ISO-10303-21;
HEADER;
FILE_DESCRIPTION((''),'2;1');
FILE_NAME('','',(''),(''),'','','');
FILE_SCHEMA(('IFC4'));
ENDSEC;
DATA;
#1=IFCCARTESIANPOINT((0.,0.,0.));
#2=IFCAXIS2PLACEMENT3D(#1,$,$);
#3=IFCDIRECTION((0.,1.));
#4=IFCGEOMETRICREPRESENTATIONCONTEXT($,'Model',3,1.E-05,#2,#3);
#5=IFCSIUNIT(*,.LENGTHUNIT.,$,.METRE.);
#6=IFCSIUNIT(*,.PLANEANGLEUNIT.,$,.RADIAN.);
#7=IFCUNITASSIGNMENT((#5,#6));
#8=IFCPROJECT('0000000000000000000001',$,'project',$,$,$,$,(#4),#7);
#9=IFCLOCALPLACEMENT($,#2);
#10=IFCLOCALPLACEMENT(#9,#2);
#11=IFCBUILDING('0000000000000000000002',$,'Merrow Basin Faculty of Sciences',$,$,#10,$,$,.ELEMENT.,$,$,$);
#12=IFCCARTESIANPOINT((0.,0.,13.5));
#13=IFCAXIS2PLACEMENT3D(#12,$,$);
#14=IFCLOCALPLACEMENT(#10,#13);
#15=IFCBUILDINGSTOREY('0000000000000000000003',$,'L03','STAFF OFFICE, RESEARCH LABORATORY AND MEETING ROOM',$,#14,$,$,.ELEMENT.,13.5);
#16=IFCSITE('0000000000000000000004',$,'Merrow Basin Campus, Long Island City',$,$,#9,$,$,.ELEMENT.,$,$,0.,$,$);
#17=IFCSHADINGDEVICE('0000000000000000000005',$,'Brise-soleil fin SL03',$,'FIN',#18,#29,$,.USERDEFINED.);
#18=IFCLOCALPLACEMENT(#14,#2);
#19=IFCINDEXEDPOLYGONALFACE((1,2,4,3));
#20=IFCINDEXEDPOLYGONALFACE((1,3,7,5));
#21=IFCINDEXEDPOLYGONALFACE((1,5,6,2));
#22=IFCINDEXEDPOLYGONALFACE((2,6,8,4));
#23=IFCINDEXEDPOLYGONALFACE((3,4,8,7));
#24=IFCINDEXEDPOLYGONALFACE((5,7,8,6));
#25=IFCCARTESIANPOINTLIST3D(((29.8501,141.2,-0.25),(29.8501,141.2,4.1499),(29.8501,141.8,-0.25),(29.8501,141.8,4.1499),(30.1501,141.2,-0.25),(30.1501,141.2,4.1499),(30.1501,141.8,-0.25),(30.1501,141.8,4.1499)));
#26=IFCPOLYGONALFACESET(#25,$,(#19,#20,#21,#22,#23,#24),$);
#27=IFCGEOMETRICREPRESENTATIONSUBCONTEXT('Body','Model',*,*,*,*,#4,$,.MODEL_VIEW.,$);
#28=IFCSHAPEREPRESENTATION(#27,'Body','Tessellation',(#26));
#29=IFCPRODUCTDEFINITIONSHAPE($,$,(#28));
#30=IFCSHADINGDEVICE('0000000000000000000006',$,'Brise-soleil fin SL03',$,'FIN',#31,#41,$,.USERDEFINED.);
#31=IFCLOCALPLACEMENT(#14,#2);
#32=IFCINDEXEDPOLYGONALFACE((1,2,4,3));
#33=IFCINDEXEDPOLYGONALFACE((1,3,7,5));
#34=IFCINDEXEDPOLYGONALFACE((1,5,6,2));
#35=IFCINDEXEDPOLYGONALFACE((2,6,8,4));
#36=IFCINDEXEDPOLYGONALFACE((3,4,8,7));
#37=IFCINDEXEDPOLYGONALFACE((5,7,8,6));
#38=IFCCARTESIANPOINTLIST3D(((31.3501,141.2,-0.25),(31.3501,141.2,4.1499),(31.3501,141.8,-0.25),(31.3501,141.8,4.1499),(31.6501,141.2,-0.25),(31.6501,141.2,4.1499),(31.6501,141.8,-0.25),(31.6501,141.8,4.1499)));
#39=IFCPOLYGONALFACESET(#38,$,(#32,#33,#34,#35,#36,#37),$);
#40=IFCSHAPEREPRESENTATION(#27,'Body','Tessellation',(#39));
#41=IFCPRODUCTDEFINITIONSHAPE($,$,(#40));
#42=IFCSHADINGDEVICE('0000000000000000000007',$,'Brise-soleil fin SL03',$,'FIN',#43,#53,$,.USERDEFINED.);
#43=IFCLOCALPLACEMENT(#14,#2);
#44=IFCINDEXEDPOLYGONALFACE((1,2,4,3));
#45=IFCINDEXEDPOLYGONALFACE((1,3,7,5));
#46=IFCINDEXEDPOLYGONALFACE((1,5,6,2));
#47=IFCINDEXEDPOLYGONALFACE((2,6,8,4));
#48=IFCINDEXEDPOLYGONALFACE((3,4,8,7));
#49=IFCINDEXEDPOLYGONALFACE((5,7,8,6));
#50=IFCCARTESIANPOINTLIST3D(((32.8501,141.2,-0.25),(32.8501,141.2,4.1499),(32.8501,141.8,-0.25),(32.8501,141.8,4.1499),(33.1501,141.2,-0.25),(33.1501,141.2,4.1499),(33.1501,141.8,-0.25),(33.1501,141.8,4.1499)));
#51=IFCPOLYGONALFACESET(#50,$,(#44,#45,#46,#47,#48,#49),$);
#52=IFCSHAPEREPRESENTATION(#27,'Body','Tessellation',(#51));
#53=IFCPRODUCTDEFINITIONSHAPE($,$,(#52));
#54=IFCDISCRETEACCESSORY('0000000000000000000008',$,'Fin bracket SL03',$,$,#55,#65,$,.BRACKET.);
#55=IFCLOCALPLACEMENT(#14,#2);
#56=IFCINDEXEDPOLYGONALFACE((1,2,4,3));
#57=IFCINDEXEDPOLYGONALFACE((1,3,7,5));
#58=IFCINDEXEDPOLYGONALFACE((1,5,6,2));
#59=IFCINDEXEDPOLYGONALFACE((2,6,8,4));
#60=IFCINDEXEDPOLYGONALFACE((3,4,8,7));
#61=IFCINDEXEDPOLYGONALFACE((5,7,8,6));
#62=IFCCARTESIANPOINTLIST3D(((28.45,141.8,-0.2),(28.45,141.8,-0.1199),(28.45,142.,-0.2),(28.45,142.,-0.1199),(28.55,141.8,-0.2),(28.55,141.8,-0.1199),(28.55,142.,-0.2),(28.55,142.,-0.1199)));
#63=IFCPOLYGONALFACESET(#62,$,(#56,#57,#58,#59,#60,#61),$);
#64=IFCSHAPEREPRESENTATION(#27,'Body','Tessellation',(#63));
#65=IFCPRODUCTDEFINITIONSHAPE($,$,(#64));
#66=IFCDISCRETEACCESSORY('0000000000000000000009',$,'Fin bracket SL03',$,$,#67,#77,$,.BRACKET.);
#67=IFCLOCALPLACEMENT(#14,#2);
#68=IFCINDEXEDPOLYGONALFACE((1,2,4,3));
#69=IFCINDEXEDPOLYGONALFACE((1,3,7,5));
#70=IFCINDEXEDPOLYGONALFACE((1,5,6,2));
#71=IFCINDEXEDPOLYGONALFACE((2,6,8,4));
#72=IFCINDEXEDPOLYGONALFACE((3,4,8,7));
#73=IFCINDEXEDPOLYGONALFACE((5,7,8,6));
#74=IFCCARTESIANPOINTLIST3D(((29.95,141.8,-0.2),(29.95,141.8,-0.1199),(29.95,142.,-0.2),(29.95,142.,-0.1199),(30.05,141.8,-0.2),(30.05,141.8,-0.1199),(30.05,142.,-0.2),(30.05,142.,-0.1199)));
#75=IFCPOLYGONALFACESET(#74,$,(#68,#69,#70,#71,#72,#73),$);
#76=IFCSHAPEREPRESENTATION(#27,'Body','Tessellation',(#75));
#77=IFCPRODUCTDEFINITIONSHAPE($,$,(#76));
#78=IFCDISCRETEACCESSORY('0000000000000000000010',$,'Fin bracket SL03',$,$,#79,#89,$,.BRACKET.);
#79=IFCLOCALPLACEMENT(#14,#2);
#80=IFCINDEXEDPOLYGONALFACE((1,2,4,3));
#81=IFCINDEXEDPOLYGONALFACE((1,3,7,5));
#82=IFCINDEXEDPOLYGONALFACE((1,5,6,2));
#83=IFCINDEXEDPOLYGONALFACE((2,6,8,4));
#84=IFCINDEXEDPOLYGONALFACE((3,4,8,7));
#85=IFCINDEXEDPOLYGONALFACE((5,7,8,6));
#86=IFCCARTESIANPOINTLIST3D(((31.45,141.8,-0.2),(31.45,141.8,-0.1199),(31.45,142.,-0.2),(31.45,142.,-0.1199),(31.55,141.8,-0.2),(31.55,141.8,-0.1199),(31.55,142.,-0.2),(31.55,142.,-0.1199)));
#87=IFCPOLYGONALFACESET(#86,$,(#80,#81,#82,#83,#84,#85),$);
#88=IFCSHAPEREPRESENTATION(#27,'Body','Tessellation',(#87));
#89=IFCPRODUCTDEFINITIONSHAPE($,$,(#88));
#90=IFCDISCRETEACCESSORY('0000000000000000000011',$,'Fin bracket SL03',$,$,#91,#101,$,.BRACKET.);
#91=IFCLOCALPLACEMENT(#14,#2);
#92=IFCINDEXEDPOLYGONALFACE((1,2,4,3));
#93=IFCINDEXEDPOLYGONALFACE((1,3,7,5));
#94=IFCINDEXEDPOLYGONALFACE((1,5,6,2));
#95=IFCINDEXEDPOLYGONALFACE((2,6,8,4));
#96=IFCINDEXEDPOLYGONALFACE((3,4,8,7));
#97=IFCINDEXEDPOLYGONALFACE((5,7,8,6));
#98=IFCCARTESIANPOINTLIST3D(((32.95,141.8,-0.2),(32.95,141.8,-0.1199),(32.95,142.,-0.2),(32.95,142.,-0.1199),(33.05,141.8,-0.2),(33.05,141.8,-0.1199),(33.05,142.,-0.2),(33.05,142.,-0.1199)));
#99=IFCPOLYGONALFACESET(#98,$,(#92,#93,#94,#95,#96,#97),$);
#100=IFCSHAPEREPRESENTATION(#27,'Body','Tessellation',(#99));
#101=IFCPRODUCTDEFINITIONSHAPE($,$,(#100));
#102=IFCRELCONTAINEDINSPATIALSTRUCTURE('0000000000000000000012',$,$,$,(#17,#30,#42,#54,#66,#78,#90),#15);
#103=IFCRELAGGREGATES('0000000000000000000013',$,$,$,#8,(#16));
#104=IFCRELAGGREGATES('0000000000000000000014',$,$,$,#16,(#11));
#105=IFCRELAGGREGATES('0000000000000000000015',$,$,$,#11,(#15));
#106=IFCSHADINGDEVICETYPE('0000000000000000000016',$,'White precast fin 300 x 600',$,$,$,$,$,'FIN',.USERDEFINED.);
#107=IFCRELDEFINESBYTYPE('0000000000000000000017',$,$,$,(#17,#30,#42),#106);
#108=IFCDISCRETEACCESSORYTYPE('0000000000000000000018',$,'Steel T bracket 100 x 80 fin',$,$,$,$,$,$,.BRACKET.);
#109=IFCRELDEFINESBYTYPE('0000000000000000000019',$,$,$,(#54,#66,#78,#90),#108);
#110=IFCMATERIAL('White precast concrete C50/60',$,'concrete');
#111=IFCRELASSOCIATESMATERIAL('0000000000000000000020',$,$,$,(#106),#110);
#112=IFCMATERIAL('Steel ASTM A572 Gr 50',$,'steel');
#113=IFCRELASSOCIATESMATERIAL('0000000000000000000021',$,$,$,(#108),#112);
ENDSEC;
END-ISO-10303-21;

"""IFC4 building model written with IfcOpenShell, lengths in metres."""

from ifc_helpers import new_model, si_unit, direction, frame, origin, place, context, subcontext, project, spatial, polyline, outline, extrude, source, transform, mapped, material, type_object, element, save


model = new_model("IFC4")

# Units and contexts
model_context = context("Model", 3, precision=1e-05, world=origin(), true_north=direction((0.0, 1.0)))
body_context = subcontext(model_context, "Body", "Model", "MODEL_VIEW")
ifc_project = project(units=[si_unit("LENGTHUNIT", "METRE"), si_unit("PLANEANGLEUNIT", "RADIAN")], contexts=[model_context])

# Site, building, storey
site_placement = place(None, origin())
site = spatial("IfcSite", under=ifc_project, at=site_placement, Name="Merrow Basin Campus, Long Island City", CompositionType="ELEMENT", RefElevation=0.0)
building_placement = place(site_placement, origin())
building = spatial("IfcBuilding", under=site, at=building_placement, Name="Merrow Basin Faculty of Sciences", CompositionType="ELEMENT")
storey_placement = place(building_placement, frame((0.0, 0.0, 13.5)))
storey = spatial("IfcBuildingStorey", under=building, at=storey_placement, Name="L03", Description="STAFF OFFICE, RESEARCH LABORATORY AND MEETING ROOM", CompositionType="ELEMENT", Elevation=13.5)

# Shading devices
ifc_material_1 = material(Name="White precast concrete C50/60", Category="concrete")
shading_device_type = type_object("IfcShadingDeviceType", Name="White precast fin 300 x 600", ElementType="FIN", PredefinedType="USERDEFINED", material=ifc_material_1)
shared_shape_1 = source(origin(), body_context, "Body", "SweptSolid", [
    extrude(outline(polyline([(0.0, 0.0), (0.3, 0.0), (0.3, 4.3999), (0.0, 4.3999), (0.0, 0.0)])), origin(), (0.0, 0.0, 1.0), 0.6001),
])
for number, where, z_axis, x_axis, name in (
    (1, (29.8501, 141.8, -0.25), (0.0, -1.0, 0.0), (1.0, 0.0, 0.0), "Brise-soleil fin SL03"),
    (2, (31.3501, 141.8, -0.25), (0.0, -1.0, 0.0), (1.0, 0.0, 0.0), "Brise-soleil fin SL03"),
    (3, (32.8501, 141.8, -0.25), (0.0, -1.0, 0.0), (1.0, 0.0, 0.0), "Brise-soleil fin SL03"),
):
    element("IfcShadingDevice", number, at=place(storey_placement, frame(where, z_axis=z_axis, x_axis=x_axis)), inside=storey, type_object=shading_device_type, Name=name, ObjectType="FIN", PredefinedType="USERDEFINED", context=body_context, shape_type="MappedRepresentation", body=[
        mapped(shared_shape_1, transform((0.0, 0.0, 0.0), scale=1.0)),
    ])

# Discrete accessories
ifc_material_2 = material(Name="Steel ASTM A572 Gr 50", Category="steel")
discrete_accessory_type = type_object("IfcDiscreteAccessoryType", Name="Steel T bracket 100 x 80 fin", PredefinedType="BRACKET", material=ifc_material_2)
shared_shape_2 = source(origin(), body_context, "Body", "SweptSolid", [
    extrude(outline(polyline([(0.0, 0.0), (0.1001, 0.0), (0.1001, 0.0801), (0.0, 0.0801), (0.0, 0.0)])), origin(), (0.0, 0.0, 1.0), 0.2),
])
for number, where, z_axis, x_axis, name in (
    (4, (28.45, 142.0, -0.2), (0.0, -1.0, 0.0), (1.0, 0.0, 0.0), "Fin bracket SL03"),
    (5, (29.95, 142.0, -0.2), (0.0, -1.0, 0.0), (1.0, 0.0, 0.0), "Fin bracket SL03"),
    (6, (31.45, 142.0, -0.2), (0.0, -1.0, 0.0), (1.0, 0.0, 0.0), "Fin bracket SL03"),
    (7, (32.95, 142.0, -0.2), (0.0, -1.0, 0.0), (1.0, 0.0, 0.0), "Fin bracket SL03"),
):
    element("IfcDiscreteAccessory", number, at=place(storey_placement, frame(where, z_axis=z_axis, x_axis=x_axis)), inside=storey, type_object=discrete_accessory_type, Name=name, PredefinedType="BRACKET", context=body_context, shape_type="MappedRepresentation", body=[
        mapped(shared_shape_2, transform((0.0, 0.0, 0.0), scale=1.0)),
    ])

save(model, "model.ifc")
